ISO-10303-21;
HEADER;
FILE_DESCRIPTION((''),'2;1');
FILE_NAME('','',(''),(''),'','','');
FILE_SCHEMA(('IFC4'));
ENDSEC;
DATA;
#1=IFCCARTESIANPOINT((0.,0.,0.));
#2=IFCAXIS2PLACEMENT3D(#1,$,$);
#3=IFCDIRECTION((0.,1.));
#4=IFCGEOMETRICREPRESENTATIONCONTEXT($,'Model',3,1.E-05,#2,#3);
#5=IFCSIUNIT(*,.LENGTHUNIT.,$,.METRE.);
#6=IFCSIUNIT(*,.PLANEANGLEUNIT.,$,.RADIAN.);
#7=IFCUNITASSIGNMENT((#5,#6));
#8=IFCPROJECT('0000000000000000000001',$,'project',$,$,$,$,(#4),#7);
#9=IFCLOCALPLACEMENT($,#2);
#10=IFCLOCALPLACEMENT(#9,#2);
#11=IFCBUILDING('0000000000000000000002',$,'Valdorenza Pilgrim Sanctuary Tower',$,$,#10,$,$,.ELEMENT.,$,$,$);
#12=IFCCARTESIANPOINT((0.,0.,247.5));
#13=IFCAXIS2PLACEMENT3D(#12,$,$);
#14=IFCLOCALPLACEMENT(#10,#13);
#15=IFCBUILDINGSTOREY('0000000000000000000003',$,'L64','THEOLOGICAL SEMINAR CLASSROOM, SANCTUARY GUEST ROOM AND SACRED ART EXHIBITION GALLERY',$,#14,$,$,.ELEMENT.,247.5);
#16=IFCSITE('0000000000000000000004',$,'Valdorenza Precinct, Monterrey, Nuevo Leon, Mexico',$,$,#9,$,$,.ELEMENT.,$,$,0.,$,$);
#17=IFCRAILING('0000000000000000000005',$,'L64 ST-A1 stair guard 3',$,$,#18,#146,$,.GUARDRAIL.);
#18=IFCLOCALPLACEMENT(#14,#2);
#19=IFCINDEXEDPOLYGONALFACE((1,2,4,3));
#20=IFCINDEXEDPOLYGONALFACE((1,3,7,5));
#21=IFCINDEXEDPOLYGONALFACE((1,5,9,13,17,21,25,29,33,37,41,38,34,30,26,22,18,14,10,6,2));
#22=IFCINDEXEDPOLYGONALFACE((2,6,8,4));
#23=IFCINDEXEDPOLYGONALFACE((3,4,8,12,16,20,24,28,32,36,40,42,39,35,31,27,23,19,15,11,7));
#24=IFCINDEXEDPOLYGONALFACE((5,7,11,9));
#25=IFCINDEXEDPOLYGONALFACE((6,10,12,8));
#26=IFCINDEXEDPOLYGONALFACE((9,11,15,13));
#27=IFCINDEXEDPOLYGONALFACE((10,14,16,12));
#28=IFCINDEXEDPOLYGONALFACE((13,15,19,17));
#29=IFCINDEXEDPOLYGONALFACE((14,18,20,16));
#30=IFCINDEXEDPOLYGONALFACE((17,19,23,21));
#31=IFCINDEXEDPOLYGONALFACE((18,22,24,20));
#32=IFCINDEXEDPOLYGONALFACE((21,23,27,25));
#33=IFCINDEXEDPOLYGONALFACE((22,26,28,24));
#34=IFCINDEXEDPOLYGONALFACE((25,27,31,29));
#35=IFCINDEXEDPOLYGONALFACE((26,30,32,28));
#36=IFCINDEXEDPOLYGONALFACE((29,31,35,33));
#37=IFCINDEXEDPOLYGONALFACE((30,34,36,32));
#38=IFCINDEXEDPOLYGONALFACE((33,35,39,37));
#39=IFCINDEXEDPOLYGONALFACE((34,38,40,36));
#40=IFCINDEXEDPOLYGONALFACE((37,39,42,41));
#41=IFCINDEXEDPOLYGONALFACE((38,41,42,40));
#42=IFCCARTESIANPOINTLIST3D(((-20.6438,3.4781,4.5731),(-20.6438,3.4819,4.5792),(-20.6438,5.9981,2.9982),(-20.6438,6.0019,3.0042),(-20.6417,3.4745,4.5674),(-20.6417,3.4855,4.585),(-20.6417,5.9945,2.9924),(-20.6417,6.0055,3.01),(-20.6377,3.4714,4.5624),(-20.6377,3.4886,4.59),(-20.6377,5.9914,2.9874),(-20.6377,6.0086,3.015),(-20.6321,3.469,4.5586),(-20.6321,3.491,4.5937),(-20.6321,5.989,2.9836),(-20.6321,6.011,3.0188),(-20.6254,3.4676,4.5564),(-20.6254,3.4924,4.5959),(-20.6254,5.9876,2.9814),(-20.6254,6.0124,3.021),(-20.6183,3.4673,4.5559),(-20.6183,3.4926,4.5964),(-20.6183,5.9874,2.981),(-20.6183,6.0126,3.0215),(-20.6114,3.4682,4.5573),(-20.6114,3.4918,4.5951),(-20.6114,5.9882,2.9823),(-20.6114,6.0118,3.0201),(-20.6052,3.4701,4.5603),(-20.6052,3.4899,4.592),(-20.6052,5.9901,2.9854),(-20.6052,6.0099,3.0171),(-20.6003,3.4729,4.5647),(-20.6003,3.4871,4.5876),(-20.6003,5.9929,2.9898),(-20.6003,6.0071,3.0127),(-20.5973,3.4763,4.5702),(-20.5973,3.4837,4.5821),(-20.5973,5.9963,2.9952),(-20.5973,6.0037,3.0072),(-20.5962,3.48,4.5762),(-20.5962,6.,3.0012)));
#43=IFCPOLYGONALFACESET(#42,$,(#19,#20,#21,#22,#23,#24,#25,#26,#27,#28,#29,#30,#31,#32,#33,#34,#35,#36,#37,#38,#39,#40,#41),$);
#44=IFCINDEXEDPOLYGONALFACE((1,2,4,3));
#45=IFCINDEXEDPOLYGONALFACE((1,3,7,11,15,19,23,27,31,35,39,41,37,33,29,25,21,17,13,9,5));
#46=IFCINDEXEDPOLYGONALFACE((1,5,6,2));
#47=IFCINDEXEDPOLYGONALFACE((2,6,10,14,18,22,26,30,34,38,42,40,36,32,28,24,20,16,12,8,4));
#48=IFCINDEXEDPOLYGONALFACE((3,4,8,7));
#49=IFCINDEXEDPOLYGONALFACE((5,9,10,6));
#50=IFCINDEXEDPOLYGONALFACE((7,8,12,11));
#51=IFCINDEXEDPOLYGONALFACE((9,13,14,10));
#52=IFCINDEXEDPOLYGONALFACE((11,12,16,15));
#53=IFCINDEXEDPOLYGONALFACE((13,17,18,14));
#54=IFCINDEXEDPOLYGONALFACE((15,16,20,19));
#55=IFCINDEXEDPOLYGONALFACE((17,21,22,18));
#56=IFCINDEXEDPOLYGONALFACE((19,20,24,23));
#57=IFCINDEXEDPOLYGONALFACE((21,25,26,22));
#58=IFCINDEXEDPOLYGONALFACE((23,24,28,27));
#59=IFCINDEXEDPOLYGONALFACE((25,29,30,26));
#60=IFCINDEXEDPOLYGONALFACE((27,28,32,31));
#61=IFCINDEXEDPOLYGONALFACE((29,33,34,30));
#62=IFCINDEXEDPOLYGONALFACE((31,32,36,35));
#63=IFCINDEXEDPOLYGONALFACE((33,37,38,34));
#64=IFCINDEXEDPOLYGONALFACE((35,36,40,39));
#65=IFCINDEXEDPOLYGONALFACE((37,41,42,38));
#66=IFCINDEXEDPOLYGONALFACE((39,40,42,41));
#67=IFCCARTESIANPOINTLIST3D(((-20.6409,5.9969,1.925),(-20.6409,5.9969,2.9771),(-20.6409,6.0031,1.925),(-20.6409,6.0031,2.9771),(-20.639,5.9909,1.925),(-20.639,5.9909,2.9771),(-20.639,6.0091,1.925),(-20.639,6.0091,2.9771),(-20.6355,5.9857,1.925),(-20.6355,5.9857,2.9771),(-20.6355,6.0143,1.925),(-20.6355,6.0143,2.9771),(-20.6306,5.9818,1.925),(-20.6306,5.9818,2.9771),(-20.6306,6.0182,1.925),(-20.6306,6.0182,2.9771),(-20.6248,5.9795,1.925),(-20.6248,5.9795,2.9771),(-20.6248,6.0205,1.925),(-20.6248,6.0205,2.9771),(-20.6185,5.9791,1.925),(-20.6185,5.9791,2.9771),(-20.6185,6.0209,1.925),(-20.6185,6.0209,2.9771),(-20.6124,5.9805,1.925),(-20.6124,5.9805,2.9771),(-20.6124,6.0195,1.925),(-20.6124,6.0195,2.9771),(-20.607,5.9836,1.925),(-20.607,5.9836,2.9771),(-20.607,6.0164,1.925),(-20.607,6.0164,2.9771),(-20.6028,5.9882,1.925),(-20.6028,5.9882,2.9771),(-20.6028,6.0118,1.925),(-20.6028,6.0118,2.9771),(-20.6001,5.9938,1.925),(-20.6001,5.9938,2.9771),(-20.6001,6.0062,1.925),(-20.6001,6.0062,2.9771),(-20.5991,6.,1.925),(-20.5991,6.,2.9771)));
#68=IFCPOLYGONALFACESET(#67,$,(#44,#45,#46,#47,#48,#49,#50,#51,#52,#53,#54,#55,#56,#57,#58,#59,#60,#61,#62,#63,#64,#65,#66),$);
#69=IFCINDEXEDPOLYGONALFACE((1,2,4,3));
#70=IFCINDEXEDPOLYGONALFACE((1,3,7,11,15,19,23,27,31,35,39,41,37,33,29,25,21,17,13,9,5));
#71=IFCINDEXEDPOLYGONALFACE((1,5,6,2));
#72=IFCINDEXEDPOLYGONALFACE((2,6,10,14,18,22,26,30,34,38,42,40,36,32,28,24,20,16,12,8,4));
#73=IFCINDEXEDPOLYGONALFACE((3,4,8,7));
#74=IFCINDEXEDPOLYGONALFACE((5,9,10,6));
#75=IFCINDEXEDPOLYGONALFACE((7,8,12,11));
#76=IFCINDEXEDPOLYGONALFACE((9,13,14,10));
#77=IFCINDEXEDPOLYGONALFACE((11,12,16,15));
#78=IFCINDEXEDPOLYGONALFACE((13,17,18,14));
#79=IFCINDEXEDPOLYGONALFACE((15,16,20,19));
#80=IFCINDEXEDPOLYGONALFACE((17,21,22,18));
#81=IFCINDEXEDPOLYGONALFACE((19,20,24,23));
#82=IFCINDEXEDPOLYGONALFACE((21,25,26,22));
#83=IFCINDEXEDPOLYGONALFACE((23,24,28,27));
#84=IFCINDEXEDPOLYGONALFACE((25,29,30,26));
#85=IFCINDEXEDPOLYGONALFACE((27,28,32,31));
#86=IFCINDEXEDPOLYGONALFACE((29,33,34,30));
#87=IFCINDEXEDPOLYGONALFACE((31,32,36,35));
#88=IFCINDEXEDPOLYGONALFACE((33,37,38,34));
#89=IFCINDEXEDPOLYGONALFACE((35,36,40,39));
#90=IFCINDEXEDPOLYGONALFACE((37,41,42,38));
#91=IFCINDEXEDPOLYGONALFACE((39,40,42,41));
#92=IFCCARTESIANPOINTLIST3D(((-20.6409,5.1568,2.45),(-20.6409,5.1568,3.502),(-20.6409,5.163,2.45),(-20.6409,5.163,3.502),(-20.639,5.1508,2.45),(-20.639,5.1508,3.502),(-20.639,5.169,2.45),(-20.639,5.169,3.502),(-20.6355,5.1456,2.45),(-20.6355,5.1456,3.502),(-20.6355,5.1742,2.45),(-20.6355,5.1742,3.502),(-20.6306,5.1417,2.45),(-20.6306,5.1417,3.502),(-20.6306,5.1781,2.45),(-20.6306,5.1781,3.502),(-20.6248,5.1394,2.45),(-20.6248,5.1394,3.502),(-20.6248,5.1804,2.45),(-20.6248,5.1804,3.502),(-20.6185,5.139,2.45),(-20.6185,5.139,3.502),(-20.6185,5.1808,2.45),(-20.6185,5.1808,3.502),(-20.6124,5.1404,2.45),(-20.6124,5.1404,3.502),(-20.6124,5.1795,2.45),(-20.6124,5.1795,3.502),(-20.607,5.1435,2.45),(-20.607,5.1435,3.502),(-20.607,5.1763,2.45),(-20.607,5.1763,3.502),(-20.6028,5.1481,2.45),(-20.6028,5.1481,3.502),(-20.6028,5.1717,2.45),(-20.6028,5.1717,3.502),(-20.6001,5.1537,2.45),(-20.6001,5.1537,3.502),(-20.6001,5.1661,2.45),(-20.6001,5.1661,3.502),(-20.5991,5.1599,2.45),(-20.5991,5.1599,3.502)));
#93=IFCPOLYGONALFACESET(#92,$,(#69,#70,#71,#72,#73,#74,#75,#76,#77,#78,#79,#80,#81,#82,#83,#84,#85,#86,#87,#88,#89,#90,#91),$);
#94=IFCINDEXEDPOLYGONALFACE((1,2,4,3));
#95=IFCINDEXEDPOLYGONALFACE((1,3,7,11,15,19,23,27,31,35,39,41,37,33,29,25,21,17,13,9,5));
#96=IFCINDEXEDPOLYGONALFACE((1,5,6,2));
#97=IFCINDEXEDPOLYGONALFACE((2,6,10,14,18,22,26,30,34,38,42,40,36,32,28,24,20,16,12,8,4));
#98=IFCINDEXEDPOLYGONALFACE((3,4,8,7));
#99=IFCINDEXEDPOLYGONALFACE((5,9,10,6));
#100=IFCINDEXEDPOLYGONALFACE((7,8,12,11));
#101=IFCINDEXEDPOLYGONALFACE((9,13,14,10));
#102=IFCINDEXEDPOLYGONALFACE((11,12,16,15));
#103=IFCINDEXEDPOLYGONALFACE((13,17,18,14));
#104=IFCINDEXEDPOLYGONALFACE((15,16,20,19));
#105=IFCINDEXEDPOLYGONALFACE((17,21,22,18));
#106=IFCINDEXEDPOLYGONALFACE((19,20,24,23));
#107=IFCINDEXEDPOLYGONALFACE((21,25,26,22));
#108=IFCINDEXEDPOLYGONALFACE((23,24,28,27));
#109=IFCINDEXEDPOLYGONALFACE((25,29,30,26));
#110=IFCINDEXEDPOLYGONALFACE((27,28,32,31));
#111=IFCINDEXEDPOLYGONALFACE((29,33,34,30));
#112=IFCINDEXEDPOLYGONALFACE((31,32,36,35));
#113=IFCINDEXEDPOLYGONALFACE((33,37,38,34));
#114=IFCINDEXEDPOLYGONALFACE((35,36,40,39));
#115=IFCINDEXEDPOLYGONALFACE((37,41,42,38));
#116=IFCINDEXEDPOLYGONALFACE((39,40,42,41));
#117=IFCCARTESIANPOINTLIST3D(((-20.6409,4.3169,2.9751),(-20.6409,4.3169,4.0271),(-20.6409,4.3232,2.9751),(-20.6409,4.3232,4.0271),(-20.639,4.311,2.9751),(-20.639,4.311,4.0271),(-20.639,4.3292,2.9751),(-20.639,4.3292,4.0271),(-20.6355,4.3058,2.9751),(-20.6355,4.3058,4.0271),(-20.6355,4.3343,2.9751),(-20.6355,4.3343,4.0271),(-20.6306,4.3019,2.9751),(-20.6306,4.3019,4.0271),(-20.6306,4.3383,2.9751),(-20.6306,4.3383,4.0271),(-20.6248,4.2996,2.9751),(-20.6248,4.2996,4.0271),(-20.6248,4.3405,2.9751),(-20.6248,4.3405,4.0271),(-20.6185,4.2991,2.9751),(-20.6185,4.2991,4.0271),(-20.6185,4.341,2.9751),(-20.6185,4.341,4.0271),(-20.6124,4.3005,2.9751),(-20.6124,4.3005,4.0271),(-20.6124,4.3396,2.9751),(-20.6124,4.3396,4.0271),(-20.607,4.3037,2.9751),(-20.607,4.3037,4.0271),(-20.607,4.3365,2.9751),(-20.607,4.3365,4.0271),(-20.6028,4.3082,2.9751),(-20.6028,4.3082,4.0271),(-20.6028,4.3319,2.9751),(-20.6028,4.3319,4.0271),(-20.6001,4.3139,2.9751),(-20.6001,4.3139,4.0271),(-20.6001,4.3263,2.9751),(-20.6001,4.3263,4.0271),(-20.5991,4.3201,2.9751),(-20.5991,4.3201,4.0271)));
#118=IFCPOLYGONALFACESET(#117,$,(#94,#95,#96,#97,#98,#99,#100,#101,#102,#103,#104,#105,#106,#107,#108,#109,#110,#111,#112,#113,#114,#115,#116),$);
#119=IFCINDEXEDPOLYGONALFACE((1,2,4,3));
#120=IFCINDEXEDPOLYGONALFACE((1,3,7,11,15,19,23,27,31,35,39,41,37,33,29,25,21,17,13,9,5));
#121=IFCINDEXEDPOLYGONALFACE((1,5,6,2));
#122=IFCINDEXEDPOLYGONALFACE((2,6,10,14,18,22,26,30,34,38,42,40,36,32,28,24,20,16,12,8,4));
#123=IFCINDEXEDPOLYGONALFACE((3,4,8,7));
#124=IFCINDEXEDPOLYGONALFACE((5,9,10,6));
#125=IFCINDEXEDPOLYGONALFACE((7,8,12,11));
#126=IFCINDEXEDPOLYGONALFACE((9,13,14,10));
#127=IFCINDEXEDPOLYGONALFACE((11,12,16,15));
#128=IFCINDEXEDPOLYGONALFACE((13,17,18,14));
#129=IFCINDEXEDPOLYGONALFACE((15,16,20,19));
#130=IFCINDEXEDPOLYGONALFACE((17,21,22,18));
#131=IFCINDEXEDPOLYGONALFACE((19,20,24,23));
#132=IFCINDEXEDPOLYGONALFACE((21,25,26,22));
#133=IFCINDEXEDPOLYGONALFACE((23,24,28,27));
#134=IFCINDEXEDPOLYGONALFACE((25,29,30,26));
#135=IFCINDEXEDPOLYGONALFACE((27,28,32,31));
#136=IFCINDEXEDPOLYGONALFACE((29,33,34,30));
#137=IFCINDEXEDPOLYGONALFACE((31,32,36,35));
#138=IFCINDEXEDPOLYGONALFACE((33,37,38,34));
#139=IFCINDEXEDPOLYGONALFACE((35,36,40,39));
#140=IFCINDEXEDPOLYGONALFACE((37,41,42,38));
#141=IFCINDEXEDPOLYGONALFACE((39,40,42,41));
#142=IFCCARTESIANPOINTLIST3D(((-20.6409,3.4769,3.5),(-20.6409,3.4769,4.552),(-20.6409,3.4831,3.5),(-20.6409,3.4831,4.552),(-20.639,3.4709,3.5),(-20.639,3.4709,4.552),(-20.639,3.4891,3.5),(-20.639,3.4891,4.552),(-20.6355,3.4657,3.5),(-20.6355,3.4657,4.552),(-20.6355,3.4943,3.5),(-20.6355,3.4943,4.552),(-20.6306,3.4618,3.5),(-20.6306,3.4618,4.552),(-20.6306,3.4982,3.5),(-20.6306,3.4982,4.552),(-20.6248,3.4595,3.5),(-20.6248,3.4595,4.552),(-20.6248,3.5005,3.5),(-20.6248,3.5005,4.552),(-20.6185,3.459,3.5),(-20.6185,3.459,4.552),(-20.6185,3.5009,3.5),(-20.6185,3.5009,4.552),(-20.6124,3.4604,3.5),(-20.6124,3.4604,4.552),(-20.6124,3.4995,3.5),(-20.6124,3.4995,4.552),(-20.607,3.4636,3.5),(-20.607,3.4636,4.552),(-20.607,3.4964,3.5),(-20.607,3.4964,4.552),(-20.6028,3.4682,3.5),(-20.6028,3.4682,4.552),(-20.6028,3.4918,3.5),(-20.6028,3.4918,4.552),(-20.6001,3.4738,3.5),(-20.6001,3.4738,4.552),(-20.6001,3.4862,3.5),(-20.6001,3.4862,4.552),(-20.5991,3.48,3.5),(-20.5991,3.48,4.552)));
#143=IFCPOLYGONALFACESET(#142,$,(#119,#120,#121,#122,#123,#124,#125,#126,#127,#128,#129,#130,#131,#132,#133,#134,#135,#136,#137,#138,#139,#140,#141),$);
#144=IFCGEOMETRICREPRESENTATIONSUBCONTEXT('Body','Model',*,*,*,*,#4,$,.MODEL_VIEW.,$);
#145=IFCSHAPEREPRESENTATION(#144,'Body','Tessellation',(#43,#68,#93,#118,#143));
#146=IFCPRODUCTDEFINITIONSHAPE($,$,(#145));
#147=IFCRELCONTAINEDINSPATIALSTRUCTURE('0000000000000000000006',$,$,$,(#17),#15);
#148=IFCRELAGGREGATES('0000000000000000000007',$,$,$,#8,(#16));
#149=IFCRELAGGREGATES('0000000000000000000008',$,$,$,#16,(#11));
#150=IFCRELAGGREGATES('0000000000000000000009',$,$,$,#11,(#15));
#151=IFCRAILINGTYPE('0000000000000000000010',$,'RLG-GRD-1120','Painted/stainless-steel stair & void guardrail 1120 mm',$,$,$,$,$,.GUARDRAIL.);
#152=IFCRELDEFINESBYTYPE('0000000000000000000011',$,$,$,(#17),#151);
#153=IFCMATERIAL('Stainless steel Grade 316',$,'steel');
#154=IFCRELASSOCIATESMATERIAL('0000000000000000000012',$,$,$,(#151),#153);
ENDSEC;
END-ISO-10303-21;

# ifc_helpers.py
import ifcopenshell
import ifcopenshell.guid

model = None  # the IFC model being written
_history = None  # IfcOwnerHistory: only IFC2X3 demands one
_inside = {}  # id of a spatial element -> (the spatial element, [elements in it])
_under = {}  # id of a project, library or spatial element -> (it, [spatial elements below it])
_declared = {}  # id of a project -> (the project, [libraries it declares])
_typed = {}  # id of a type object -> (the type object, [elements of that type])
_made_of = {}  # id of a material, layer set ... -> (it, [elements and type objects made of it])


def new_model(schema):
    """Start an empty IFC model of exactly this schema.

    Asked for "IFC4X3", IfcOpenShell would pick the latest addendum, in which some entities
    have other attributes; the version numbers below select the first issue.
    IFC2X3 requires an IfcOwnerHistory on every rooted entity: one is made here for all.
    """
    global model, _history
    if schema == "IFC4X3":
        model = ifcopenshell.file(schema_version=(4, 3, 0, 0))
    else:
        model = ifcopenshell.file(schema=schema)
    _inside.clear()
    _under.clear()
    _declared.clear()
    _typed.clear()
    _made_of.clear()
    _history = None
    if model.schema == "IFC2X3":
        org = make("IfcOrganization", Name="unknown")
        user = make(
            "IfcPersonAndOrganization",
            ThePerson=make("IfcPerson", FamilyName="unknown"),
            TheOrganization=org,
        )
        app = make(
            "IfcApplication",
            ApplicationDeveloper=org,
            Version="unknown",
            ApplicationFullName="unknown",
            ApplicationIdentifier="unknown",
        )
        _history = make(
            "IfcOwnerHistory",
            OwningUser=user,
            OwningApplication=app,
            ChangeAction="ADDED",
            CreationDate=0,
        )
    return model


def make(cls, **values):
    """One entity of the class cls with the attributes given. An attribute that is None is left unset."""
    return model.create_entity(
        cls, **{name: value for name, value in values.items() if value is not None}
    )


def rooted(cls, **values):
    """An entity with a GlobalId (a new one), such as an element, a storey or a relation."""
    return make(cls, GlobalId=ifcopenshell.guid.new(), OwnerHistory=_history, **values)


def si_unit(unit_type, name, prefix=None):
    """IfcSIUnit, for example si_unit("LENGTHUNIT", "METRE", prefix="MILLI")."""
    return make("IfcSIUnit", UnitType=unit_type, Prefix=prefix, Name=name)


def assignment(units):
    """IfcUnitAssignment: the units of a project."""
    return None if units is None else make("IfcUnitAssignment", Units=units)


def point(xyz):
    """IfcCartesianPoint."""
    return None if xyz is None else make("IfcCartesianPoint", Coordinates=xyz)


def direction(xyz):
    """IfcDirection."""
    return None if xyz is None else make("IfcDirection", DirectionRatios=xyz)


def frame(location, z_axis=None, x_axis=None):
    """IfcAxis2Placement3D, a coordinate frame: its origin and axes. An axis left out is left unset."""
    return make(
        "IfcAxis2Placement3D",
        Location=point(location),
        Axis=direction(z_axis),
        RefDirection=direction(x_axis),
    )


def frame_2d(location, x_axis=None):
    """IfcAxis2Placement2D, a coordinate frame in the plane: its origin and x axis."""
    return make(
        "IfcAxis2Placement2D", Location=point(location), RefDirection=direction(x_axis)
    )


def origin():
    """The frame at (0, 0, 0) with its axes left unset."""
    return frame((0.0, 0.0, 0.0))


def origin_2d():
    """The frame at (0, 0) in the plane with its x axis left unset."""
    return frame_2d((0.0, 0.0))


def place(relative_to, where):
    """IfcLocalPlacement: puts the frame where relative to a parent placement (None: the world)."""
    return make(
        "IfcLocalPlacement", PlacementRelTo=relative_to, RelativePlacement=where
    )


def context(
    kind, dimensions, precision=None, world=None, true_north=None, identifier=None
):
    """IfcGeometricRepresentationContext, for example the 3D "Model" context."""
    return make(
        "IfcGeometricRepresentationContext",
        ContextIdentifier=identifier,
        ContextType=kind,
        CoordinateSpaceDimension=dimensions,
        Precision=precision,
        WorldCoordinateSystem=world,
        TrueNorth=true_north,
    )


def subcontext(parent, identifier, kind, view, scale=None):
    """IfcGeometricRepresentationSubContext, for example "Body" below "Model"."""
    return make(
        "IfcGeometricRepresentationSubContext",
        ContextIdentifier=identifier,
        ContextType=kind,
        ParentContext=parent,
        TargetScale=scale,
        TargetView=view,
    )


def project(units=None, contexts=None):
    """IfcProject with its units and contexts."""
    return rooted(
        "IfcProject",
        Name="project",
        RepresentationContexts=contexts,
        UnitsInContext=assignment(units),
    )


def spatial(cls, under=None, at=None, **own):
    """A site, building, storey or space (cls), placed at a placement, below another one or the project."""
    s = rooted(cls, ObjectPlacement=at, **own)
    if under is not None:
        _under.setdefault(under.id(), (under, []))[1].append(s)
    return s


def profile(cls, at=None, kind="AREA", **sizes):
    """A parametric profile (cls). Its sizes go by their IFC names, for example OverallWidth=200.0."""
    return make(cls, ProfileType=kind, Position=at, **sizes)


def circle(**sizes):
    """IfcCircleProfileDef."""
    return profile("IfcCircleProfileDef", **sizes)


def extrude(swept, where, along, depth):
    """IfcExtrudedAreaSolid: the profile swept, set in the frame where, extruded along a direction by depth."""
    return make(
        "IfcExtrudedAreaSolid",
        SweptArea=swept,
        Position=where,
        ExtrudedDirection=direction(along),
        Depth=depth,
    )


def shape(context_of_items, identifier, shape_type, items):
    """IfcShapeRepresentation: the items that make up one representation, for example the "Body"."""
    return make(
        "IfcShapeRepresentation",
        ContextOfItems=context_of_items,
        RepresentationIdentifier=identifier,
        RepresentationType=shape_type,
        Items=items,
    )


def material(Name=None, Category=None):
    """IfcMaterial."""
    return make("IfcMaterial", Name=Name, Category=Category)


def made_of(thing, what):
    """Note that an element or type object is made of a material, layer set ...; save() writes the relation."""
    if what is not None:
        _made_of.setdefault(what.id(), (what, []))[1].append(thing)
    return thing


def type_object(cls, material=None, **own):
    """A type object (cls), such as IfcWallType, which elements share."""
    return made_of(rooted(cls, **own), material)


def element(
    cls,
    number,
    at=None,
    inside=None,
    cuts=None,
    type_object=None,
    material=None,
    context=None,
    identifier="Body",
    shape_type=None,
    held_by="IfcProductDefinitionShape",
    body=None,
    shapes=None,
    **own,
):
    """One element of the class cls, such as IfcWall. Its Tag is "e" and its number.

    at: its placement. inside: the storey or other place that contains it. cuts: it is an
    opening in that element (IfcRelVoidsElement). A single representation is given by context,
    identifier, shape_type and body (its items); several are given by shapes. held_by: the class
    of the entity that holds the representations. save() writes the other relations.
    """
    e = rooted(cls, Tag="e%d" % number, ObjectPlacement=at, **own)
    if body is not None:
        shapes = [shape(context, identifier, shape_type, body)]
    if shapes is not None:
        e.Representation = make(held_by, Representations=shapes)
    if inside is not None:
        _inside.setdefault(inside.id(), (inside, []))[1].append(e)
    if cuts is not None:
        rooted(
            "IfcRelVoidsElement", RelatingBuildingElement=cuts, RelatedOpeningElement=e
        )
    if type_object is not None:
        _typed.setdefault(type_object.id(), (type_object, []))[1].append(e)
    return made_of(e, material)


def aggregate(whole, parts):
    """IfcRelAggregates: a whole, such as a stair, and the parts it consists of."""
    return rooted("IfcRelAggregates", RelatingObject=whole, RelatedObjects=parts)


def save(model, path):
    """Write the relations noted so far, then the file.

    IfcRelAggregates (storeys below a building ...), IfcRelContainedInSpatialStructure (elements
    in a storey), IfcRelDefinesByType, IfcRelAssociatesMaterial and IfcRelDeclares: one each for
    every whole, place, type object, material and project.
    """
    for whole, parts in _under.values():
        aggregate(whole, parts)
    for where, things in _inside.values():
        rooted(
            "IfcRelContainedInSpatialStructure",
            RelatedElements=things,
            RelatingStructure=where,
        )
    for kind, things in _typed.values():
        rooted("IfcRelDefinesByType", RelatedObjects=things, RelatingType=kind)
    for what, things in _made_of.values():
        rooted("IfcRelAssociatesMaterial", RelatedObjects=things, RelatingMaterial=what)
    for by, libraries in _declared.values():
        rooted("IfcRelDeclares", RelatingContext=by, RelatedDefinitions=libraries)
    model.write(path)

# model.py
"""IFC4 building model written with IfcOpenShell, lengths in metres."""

from ifc_helpers import new_model, si_unit, direction, frame, origin, origin_2d, place, context, subcontext, project, spatial, circle, extrude, material, type_object, element, save


model = new_model("IFC4")

# Units and contexts
model_context = context("Model", 3, precision=1e-05, world=origin(), true_north=direction((0.0, 1.0)))
body_context = subcontext(model_context, "Body", "Model", "MODEL_VIEW")
ifc_project = project(units=[si_unit("LENGTHUNIT", "METRE"), si_unit("PLANEANGLEUNIT", "RADIAN")], contexts=[model_context])

# Site, building, storey
site_placement = place(None, origin())
site = spatial("IfcSite", under=ifc_project, at=site_placement, Name="Valdorenza Precinct, Monterrey, Nuevo Leon, Mexico", CompositionType="ELEMENT", RefElevation=0.0)
building_placement = place(site_placement, origin())
building = spatial("IfcBuilding", under=site, at=building_placement, Name="Valdorenza Pilgrim Sanctuary Tower", CompositionType="ELEMENT")
storey_placement = place(building_placement, frame((0.0, 0.0, 247.5)))
storey = spatial("IfcBuildingStorey", under=building, at=storey_placement, Name="L64", Description="THEOLOGICAL SEMINAR CLASSROOM, SANCTUARY GUEST ROOM AND SACRED ART EXHIBITION GALLERY", CompositionType="ELEMENT", Elevation=247.5)

# Railing
ifc_material_1 = material(Name="Stainless steel Grade 316", Category="steel")
railing_type_1 = type_object("IfcRailingType", Name="RLG-GRD-1120", Description="Painted/stainless-steel stair & void guardrail 1120 mm", PredefinedType="GUARDRAIL", material=ifc_material_1)
railing_1_placement = place(storey_placement, frame((-20.6201, 6.0, 1.925)))
element("IfcRailing", 1, at=railing_1_placement, inside=storey, type_object=railing_type_1, Name="L64 ST-A1 stair guard 3", PredefinedType="GUARDRAIL", context=body_context, shape_type="SweptSolid", body=[
    extrude(circle(Radius=0.0239, at=origin_2d()), frame((0.0, 0.0, 1.0762), z_axis=(0.0, -0.848008, 0.529984), x_axis=(1.0, 0.0, 0.0)), (0.0, 0.0, 1.0), 2.9717),
    extrude(circle(Radius=0.021, at=origin_2d()), origin(), (0.0, 0.0, 1.0), 1.052),
    extrude(circle(Radius=0.021, at=origin_2d()), frame((0.0, -0.8401, 0.5249)), (0.0, 0.0, 1.0), 1.052),
    extrude(circle(Radius=0.021, at=origin_2d()), frame((0.0, -1.6799, 1.05)), (0.0, 0.0, 1.0), 1.052),
    extrude(circle(Radius=0.021, at=origin_2d()), frame((0.0, -2.52, 1.575)), (0.0, 0.0, 1.0), 1.052),
])

save(model, "model.ifc")
